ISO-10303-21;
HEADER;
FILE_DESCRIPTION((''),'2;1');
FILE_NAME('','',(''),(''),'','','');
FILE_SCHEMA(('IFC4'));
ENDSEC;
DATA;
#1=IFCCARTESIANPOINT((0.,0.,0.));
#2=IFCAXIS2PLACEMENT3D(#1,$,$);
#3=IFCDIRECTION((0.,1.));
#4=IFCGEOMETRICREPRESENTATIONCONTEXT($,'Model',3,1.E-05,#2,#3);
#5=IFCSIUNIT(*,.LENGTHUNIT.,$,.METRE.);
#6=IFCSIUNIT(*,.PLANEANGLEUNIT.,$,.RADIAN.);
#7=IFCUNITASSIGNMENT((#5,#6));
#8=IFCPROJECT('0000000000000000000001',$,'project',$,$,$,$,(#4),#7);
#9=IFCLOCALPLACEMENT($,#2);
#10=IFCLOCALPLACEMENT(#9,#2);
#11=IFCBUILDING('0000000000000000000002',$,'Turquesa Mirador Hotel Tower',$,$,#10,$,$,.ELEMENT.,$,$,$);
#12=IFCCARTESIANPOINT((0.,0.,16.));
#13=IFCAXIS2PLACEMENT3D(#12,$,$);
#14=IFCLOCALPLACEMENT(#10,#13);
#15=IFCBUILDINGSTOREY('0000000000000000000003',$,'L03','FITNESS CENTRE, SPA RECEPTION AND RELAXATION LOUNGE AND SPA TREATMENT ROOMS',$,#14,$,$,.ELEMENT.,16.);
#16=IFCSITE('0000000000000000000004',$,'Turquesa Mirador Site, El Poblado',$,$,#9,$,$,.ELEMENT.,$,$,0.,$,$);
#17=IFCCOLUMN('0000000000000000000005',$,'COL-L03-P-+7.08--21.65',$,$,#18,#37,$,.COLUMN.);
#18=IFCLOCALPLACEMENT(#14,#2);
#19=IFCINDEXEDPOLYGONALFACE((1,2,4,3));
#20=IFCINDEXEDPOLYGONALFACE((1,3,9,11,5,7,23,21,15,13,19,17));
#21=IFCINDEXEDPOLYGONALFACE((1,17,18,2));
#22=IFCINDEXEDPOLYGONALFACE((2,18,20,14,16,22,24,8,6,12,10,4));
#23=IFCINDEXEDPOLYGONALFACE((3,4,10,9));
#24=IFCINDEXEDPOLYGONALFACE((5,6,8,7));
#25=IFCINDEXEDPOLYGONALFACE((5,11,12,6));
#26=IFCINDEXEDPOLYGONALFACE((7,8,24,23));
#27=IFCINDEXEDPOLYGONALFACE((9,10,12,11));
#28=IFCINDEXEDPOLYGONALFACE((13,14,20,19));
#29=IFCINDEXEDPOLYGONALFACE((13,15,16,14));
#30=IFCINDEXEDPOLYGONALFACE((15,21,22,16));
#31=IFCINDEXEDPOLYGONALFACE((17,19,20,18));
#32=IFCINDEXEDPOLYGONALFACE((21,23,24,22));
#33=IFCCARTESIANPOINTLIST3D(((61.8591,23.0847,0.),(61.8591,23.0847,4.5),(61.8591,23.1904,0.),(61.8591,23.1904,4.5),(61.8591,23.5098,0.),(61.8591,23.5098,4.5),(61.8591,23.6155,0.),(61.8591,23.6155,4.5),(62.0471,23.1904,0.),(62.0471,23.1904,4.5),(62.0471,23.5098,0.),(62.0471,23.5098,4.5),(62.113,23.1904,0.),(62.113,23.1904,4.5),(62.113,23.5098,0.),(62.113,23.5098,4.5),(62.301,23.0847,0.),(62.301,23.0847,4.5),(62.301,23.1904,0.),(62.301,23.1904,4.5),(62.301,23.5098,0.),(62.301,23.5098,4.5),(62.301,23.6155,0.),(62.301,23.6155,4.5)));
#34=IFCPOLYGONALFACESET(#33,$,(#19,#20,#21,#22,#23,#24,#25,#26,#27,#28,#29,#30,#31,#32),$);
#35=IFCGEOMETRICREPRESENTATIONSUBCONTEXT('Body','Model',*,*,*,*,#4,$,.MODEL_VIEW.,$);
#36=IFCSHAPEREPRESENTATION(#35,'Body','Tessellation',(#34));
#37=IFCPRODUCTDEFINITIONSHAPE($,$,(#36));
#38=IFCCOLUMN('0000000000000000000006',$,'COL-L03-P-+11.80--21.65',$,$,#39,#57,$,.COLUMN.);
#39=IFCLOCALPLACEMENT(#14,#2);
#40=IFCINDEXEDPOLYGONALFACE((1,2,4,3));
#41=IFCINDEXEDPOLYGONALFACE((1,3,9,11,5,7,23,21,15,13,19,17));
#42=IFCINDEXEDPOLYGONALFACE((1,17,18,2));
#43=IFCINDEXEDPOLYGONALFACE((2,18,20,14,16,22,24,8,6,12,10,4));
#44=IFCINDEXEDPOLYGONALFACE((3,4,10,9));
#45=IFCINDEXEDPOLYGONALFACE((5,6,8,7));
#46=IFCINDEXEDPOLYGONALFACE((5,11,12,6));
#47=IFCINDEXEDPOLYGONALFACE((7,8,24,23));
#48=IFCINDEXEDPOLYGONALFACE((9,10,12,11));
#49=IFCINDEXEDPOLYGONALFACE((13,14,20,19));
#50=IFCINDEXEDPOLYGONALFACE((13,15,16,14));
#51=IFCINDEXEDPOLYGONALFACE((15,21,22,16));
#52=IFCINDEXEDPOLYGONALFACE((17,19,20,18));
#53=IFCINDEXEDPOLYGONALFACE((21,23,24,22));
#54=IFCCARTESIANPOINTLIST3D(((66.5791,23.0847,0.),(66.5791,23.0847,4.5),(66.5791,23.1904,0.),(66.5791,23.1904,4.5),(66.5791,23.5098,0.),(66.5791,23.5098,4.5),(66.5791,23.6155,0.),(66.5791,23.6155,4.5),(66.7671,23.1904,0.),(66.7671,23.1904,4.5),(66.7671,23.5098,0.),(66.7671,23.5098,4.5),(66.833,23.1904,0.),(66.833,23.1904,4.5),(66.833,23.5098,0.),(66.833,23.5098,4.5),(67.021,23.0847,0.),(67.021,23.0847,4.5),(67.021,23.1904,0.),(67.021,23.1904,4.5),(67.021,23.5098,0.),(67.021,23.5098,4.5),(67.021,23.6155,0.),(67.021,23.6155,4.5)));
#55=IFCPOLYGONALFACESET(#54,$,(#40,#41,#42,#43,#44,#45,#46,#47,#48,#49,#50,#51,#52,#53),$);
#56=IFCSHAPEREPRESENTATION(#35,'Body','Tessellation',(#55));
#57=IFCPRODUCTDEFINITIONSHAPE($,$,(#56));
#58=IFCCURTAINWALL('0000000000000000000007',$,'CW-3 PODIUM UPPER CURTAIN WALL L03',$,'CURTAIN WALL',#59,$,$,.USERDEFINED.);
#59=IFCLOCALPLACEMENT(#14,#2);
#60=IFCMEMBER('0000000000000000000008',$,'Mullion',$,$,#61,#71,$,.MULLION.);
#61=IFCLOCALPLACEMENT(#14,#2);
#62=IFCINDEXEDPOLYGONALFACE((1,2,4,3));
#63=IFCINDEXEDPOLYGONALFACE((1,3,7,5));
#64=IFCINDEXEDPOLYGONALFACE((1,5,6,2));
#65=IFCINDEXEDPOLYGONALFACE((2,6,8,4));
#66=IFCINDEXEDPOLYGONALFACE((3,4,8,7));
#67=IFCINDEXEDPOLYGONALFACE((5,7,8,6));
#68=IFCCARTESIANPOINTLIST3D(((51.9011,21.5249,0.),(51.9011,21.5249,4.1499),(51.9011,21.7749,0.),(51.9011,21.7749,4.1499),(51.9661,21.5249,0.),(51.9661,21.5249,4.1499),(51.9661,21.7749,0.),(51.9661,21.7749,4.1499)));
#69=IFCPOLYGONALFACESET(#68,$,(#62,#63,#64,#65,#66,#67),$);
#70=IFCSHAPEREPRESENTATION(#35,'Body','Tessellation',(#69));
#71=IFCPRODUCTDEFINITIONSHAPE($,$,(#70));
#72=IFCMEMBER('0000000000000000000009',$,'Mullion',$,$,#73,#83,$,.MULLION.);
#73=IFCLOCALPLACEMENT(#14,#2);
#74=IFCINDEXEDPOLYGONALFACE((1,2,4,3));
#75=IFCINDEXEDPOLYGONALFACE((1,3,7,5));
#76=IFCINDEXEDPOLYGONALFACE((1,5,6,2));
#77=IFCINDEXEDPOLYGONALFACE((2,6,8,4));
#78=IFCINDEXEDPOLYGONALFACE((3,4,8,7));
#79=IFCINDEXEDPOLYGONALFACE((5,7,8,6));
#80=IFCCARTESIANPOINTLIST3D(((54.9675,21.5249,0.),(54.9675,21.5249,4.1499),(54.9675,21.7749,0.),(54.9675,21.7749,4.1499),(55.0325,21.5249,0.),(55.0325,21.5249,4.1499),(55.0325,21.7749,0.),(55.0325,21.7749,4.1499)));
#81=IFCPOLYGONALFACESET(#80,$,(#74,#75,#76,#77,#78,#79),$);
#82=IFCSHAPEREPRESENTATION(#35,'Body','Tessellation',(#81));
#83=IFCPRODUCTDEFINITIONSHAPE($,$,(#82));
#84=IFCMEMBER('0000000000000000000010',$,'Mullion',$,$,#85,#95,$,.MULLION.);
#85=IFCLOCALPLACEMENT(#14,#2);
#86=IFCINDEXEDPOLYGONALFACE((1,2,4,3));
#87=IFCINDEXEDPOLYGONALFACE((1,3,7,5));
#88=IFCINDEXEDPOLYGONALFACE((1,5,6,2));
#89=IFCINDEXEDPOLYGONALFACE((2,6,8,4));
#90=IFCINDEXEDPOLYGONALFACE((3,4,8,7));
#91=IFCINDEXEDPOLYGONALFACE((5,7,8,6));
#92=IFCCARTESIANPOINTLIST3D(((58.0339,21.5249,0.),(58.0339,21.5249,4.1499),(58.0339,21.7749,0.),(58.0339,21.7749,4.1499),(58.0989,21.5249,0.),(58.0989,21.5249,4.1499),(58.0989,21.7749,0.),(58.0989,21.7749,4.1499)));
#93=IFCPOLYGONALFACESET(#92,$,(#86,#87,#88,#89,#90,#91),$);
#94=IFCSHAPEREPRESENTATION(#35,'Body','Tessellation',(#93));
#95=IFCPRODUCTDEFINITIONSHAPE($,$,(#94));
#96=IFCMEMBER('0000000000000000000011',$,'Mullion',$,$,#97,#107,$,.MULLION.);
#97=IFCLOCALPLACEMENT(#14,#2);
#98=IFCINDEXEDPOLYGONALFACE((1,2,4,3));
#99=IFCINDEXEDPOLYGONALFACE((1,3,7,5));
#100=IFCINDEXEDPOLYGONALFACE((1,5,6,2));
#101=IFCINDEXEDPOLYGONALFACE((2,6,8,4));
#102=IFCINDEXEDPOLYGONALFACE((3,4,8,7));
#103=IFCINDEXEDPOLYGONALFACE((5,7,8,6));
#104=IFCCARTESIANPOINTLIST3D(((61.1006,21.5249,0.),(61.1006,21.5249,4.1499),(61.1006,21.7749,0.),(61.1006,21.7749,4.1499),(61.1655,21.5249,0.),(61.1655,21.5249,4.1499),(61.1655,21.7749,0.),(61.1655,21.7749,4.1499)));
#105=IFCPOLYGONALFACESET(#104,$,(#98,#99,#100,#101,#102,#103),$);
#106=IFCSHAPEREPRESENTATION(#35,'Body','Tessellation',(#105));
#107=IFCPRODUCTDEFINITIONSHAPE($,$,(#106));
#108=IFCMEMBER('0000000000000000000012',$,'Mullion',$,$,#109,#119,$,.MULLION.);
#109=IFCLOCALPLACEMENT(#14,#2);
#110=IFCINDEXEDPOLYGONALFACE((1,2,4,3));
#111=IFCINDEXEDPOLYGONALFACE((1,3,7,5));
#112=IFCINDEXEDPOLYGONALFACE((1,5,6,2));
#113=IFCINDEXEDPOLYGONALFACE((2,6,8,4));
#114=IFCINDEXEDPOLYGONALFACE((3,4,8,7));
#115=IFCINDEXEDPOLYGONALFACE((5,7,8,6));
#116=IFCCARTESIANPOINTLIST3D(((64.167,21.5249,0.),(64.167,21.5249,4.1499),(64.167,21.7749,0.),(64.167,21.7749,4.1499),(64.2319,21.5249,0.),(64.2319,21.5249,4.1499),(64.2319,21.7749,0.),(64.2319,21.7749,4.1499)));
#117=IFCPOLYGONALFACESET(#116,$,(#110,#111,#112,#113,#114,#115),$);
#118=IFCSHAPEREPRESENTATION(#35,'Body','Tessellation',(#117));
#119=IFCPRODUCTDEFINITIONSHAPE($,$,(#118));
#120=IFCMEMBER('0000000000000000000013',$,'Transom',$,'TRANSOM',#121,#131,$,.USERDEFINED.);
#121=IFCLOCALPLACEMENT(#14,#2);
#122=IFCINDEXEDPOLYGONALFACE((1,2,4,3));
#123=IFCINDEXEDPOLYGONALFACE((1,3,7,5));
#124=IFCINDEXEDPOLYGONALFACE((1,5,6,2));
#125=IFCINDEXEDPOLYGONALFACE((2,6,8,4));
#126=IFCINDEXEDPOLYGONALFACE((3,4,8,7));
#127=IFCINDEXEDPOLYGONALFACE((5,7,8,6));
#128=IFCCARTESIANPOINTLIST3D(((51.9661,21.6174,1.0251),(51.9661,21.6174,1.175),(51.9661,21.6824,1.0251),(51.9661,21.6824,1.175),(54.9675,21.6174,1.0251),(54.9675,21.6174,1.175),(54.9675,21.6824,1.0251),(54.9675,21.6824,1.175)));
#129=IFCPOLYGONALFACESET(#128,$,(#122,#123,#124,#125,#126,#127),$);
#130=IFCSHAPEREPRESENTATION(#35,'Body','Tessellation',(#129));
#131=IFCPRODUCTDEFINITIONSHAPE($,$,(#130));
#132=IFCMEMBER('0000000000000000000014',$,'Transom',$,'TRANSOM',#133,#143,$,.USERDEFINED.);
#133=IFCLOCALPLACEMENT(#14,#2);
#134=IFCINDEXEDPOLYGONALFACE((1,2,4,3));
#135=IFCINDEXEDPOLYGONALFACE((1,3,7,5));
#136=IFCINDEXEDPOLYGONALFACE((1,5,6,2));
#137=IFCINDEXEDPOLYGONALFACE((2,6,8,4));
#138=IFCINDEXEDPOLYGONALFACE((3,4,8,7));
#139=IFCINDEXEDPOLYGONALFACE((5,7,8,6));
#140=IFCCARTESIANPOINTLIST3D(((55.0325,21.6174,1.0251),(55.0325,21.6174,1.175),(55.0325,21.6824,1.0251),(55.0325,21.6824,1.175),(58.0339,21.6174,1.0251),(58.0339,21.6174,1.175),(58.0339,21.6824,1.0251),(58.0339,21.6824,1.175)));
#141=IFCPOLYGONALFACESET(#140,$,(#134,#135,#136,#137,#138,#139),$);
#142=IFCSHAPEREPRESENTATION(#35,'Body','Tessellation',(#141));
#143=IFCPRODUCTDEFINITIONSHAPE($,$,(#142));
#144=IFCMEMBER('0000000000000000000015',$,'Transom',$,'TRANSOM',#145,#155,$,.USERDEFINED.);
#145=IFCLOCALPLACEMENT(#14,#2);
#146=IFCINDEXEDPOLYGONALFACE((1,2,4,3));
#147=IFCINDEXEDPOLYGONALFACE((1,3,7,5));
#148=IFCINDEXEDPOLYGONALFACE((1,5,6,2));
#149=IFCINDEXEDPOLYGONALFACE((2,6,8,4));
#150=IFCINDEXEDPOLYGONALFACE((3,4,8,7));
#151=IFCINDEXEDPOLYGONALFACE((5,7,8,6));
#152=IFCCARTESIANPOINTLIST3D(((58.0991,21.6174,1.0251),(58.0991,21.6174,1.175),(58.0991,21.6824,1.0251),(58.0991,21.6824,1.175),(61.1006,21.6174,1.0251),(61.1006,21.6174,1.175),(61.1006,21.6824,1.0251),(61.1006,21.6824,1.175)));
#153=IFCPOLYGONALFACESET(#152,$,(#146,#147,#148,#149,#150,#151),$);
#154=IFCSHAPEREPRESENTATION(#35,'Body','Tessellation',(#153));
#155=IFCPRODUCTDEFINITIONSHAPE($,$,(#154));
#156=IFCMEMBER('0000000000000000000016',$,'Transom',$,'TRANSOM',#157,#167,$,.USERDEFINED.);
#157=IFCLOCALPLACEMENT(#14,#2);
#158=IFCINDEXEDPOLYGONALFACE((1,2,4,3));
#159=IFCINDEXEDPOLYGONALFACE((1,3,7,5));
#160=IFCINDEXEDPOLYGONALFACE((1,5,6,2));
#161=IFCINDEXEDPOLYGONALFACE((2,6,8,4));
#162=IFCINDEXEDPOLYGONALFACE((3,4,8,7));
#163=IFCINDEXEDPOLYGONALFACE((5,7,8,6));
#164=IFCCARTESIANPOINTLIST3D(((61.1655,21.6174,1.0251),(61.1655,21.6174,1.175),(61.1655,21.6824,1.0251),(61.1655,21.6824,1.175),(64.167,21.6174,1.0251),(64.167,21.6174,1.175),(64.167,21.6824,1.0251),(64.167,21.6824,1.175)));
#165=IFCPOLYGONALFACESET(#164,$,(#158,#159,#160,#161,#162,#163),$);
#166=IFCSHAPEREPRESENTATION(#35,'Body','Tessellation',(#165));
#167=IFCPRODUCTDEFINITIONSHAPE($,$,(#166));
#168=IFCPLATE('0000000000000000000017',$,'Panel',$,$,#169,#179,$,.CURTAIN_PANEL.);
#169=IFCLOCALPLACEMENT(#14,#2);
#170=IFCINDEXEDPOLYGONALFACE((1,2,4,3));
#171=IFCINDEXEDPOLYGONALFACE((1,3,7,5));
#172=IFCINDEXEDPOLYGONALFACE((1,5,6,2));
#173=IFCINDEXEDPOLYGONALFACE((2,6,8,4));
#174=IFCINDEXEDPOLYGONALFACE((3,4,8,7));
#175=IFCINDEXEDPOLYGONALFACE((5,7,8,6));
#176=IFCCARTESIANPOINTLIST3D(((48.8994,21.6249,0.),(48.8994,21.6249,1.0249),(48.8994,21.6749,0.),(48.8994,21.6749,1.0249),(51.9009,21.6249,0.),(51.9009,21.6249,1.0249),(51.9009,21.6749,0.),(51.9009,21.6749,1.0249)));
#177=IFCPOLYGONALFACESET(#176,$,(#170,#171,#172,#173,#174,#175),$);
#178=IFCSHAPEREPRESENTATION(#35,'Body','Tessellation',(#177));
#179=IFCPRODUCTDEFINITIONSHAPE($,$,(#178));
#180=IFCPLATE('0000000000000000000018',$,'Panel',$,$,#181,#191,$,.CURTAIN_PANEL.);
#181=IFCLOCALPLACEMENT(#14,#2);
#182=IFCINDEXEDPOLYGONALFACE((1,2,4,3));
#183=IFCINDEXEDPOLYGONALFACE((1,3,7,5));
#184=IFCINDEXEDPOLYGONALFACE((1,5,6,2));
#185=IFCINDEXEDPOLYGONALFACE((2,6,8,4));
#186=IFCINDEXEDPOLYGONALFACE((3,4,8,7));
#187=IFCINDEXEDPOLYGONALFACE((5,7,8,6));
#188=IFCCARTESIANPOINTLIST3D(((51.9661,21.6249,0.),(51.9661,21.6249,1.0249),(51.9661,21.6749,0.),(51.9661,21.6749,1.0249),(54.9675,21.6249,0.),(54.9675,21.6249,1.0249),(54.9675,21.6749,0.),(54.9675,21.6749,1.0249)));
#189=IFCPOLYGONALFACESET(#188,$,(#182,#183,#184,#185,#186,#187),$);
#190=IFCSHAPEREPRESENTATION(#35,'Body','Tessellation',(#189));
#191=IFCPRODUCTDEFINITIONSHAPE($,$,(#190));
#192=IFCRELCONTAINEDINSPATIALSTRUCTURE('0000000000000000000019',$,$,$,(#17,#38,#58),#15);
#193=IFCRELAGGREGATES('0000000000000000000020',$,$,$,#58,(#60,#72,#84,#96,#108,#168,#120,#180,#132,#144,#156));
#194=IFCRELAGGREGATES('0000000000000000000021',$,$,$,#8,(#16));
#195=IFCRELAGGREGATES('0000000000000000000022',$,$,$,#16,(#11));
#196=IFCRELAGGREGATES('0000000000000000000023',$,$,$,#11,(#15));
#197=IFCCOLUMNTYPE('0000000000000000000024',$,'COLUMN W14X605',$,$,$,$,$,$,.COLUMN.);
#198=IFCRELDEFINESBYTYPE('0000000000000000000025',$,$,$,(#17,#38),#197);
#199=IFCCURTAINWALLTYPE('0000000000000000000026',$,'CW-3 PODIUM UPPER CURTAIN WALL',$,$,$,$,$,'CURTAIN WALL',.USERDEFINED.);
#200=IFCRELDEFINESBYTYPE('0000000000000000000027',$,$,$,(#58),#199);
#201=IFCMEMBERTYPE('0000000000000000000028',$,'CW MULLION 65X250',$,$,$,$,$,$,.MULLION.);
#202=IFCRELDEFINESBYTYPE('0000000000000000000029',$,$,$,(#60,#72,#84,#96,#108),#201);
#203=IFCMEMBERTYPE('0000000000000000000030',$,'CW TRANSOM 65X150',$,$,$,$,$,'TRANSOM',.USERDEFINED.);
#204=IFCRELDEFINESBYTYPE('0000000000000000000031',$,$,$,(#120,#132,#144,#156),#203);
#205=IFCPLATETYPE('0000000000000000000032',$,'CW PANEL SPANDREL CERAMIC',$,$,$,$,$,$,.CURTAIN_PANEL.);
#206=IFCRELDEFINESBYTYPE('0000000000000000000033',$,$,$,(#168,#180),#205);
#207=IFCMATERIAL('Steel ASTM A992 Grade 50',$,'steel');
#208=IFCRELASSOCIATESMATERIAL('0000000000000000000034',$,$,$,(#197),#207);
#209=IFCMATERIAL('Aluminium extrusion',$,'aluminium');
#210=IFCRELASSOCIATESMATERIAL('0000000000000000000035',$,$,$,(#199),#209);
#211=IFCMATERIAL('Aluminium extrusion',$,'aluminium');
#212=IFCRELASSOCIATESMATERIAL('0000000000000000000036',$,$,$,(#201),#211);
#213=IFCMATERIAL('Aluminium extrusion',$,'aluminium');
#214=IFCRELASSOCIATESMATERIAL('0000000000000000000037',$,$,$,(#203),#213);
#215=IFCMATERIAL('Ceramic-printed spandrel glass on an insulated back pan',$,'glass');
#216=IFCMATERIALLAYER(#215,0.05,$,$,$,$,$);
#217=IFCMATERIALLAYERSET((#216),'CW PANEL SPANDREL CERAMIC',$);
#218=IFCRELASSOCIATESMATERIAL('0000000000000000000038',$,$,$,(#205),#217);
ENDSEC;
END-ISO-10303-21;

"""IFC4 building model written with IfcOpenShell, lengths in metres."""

from ifc_helpers import new_model, si_unit, direction, frame, origin, origin_2d, place, context, subcontext, project, spatial, rectangle, i_section, extrude, material, layer, layer_set, material_profile, profile_set, type_object, element, aggregate, save


model = new_model("IFC4")

# Units and contexts
model_context = context("Model", 3, precision=1e-05, world=origin(), true_north=direction((0.0, 1.0)))
body_context = subcontext(model_context, "Body", "Model", "MODEL_VIEW")
ifc_project = project(units=[si_unit("LENGTHUNIT", "METRE"), si_unit("PLANEANGLEUNIT", "RADIAN")], contexts=[model_context])

# Site, building, storey
site_placement = place(None, origin())
site = spatial("IfcSite", under=ifc_project, at=site_placement, Name="Turquesa Mirador Site, El Poblado", CompositionType="ELEMENT", RefElevation=0.0)
building_placement = place(site_placement, origin())
building = spatial("IfcBuilding", under=site, at=building_placement, Name="Turquesa Mirador Hotel Tower", CompositionType="ELEMENT")
storey_placement = place(building_placement, frame((0.0, 0.0, 16.0)))
storey = spatial("IfcBuildingStorey", under=building, at=storey_placement, Name="L03", Description="FITNESS CENTRE, SPA RECEPTION AND RELAXATION LOUNGE AND SPA TREATMENT ROOMS", CompositionType="ELEMENT", Elevation=16.0)

# Columns
ifc_material_1 = material(Name="Steel ASTM A992 Grade 50", Category="steel")
ifc_material_profile_1 = material_profile(ifc_material_1, i_section(OverallWidth=0.4419, OverallDepth=0.5308, WebThickness=0.0659, FlangeThickness=0.1057, at=origin_2d()), Name="W14X605")
ifc_profile_set_1 = profile_set([ifc_material_profile_1], Name="Steel ASTM A992 Grade 50")
column_type = type_object("IfcColumnType", Name="COLUMN W14X605", PredefinedType="COLUMN", material=ifc_profile_set_1)
for number, where, z_axis, x_axis, name in (
    (1, (62.0801, 23.3501, 0.0), (0.0, 0.0, 1.0), (1.0, 0.0, 0.0), "COL-L03-P-+7.08--21.65"),
    (2, (66.8, 23.3501, 0.0), (0.0, 0.0, 1.0), (1.0, 0.0, 0.0), "COL-L03-P-+11.80--21.65"),
):
    element("IfcColumn", number, at=place(storey_placement, frame(where, z_axis=z_axis, x_axis=x_axis)), inside=storey, type_object=column_type, Name=name, PredefinedType="COLUMN", context=body_context, shape_type="SweptSolid", body=[
        extrude(i_section(OverallWidth=0.4419, OverallDepth=0.5308, WebThickness=0.0659, FlangeThickness=0.1057, at=origin_2d()), origin(), (0.0, 0.0, 1.0), 4.5),
    ])

# Curtain wall, members, plates
ifc_material_2 = material(Name="Aluminium extrusion", Category="aluminium")
curtain_wall_type = type_object("IfcCurtainWallType", Name="CW-3 PODIUM UPPER CURTAIN WALL", ElementType="CURTAIN WALL", PredefinedType="USERDEFINED", material=ifc_material_2)
curtain_wall_placement = place(storey_placement, origin())
curtain_wall = element("IfcCurtainWall", 3, at=curtain_wall_placement, inside=storey, type_object=curtain_wall_type, Name="CW-3 PODIUM UPPER CURTAIN WALL L03", ObjectType="CURTAIN WALL", PredefinedType="USERDEFINED")
ifc_material_3 = material(Name="Aluminium extrusion", Category="aluminium")
ifc_material_profile_2 = material_profile(ifc_material_3, rectangle(XDim=0.0649, YDim=0.25, at=origin_2d()), Name="MULLION 65X250")
ifc_profile_set_2 = profile_set([ifc_material_profile_2], Name="Aluminium extrusion")
member_type_1 = type_object("IfcMemberType", Name="CW MULLION 65X250", PredefinedType="MULLION", material=ifc_profile_set_2)
member_1_placement = place(storey_placement, frame((51.9336, 21.6499, 0.0), z_axis=(0.0, 0.0, 1.0), x_axis=(1.0, 0.0, 0.0)))
member_1 = element("IfcMember", 4, at=member_1_placement, type_object=member_type_1, Name="Mullion", PredefinedType="MULLION", context=body_context, shape_type="SweptSolid", body=[
    extrude(rectangle(XDim=0.0649, YDim=0.25, at=origin_2d()), origin(), (0.0, 0.0, 1.0), 4.1499),
])
member_2_placement = place(storey_placement, frame((55.0, 21.6499, 0.0), z_axis=(0.0, 0.0, 1.0), x_axis=(1.0, 0.0, 0.0)))
member_2 = element("IfcMember", 5, at=member_2_placement, type_object=member_type_1, Name="Mullion", PredefinedType="MULLION", context=body_context, shape_type="SweptSolid", body=[
    extrude(rectangle(XDim=0.0649, YDim=0.25, at=origin_2d()), origin(), (0.0, 0.0, 1.0), 4.1499),
])
member_3_placement = place(storey_placement, frame((58.0664, 21.6499, 0.0), z_axis=(0.0, 0.0, 1.0), x_axis=(1.0, 0.0, 0.0)))
member_3 = element("IfcMember", 6, at=member_3_placement, type_object=member_type_1, Name="Mullion", PredefinedType="MULLION", context=body_context, shape_type="SweptSolid", body=[
    extrude(rectangle(XDim=0.0649, YDim=0.25, at=origin_2d()), origin(), (0.0, 0.0, 1.0), 4.1499),
])
member_4_placement = place(storey_placement, frame((61.1331, 21.6499, 0.0), z_axis=(0.0, 0.0, 1.0), x_axis=(1.0, 0.0, 0.0)))
member_4 = element("IfcMember", 7, at=member_4_placement, type_object=member_type_1, Name="Mullion", PredefinedType="MULLION", context=body_context, shape_type="SweptSolid", body=[
    extrude(rectangle(XDim=0.0649, YDim=0.25, at=origin_2d()), origin(), (0.0, 0.0, 1.0), 4.1499),
])
member_5_placement = place(storey_placement, frame((64.1995, 21.6499, 0.0), z_axis=(0.0, 0.0, 1.0), x_axis=(1.0, 0.0, 0.0)))
member_5 = element("IfcMember", 8, at=member_5_placement, type_object=member_type_1, Name="Mullion", PredefinedType="MULLION", context=body_context, shape_type="SweptSolid", body=[
    extrude(rectangle(XDim=0.0649, YDim=0.25, at=origin_2d()), origin(), (0.0, 0.0, 1.0), 4.1499),
])
ifc_material_4 = material(Name="Aluminium extrusion", Category="aluminium")
ifc_material_profile_3 = material_profile(ifc_material_4, rectangle(XDim=0.0649, YDim=0.1499, at=origin_2d()), Name="TRANSOM 65X150")
ifc_profile_set_3 = profile_set([ifc_material_profile_3], Name="Aluminium extrusion")
member_type_2 = type_object("IfcMemberType", Name="CW TRANSOM 65X150", ElementType="TRANSOM", PredefinedType="USERDEFINED", material=ifc_profile_set_3)
member_6_placement = place(storey_placement, frame((51.9661, 21.6499, 1.1001), z_axis=(1.0, 0.0, 0.0), x_axis=(0.0, 1.0, 0.0)))
member_6 = element("IfcMember", 9, at=member_6_placement, type_object=member_type_2, Name="Transom", ObjectType="TRANSOM", PredefinedType="USERDEFINED", context=body_context, shape_type="SweptSolid", body=[
    extrude(rectangle(XDim=0.0649, YDim=0.1499, at=origin_2d()), origin(), (0.0, 0.0, 1.0), 3.0015),
])
member_7_placement = place(storey_placement, frame((55.0325, 21.6499, 1.1001), z_axis=(1.0, 0.0, 0.0), x_axis=(0.0, 1.0, 0.0)))
member_7 = element("IfcMember", 10, at=member_7_placement, type_object=member_type_2, Name="Transom", ObjectType="TRANSOM", PredefinedType="USERDEFINED", context=body_context, shape_type="SweptSolid", body=[
    extrude(rectangle(XDim=0.0649, YDim=0.1499, at=origin_2d()), origin(), (0.0, 0.0, 1.0), 3.0015),
])
member_8_placement = place(storey_placement, frame((58.0991, 21.6499, 1.1001), z_axis=(1.0, 0.0, 0.0), x_axis=(0.0, 1.0, 0.0)))
member_8 = element("IfcMember", 11, at=member_8_placement, type_object=member_type_2, Name="Transom", ObjectType="TRANSOM", PredefinedType="USERDEFINED", context=body_context, shape_type="SweptSolid", body=[
    extrude(rectangle(XDim=0.0649, YDim=0.1499, at=origin_2d()), origin(), (0.0, 0.0, 1.0), 3.0015),
])
member_9_placement = place(storey_placement, frame((61.1655, 21.6499, 1.1001), z_axis=(1.0, 0.0, 0.0), x_axis=(0.0, 1.0, 0.0)))
member_9 = element("IfcMember", 12, at=member_9_placement, type_object=member_type_2, Name="Transom", ObjectType="TRANSOM", PredefinedType="USERDEFINED", context=body_context, shape_type="SweptSolid", body=[
    extrude(rectangle(XDim=0.0649, YDim=0.1499, at=origin_2d()), origin(), (0.0, 0.0, 1.0), 3.0015),
])
ifc_material_5 = material(Name="Ceramic-printed spandrel glass on an insulated back pan", Category="glass")
ifc_layer_1 = layer(ifc_material_5, 0.05)
ifc_layer_set_1 = layer_set([ifc_layer_1], Name="CW PANEL SPANDREL CERAMIC")
plate_type_1 = type_object("IfcPlateType", Name="CW PANEL SPANDREL CERAMIC", PredefinedType="CURTAIN_PANEL", material=ifc_layer_set_1)
plate_1_placement = place(storey_placement, frame((50.4001, 21.6499, 0.0), z_axis=(0.0, 0.0, 1.0), x_axis=(1.0, 0.0, 0.0)))
plate_1 = element("IfcPlate", 13, at=plate_1_placement, type_object=plate_type_1, Name="Panel", PredefinedType="CURTAIN_PANEL", context=body_context, shape_type="SweptSolid", body=[
    extrude(rectangle(XDim=3.0015, YDim=0.05, at=origin_2d()), origin(), (0.0, 0.0, 1.0), 1.0249),
])
plate_2_placement = place(storey_placement, frame((53.4668, 21.6499, 0.0), z_axis=(0.0, 0.0, 1.0), x_axis=(1.0, 0.0, 0.0)))
plate_2 = element("IfcPlate", 14, at=plate_2_placement, type_object=plate_type_1, Name="Panel", PredefinedType="CURTAIN_PANEL", context=body_context, shape_type="SweptSolid", body=[
    extrude(rectangle(XDim=3.0015, YDim=0.05, at=origin_2d()), origin(), (0.0, 0.0, 1.0), 1.0249),
])
aggregate(curtain_wall, [member_1, member_2, member_3, member_4, member_5, plate_1, member_6, plate_2, member_7, member_8, member_9])

save(model, "model.ifc")
